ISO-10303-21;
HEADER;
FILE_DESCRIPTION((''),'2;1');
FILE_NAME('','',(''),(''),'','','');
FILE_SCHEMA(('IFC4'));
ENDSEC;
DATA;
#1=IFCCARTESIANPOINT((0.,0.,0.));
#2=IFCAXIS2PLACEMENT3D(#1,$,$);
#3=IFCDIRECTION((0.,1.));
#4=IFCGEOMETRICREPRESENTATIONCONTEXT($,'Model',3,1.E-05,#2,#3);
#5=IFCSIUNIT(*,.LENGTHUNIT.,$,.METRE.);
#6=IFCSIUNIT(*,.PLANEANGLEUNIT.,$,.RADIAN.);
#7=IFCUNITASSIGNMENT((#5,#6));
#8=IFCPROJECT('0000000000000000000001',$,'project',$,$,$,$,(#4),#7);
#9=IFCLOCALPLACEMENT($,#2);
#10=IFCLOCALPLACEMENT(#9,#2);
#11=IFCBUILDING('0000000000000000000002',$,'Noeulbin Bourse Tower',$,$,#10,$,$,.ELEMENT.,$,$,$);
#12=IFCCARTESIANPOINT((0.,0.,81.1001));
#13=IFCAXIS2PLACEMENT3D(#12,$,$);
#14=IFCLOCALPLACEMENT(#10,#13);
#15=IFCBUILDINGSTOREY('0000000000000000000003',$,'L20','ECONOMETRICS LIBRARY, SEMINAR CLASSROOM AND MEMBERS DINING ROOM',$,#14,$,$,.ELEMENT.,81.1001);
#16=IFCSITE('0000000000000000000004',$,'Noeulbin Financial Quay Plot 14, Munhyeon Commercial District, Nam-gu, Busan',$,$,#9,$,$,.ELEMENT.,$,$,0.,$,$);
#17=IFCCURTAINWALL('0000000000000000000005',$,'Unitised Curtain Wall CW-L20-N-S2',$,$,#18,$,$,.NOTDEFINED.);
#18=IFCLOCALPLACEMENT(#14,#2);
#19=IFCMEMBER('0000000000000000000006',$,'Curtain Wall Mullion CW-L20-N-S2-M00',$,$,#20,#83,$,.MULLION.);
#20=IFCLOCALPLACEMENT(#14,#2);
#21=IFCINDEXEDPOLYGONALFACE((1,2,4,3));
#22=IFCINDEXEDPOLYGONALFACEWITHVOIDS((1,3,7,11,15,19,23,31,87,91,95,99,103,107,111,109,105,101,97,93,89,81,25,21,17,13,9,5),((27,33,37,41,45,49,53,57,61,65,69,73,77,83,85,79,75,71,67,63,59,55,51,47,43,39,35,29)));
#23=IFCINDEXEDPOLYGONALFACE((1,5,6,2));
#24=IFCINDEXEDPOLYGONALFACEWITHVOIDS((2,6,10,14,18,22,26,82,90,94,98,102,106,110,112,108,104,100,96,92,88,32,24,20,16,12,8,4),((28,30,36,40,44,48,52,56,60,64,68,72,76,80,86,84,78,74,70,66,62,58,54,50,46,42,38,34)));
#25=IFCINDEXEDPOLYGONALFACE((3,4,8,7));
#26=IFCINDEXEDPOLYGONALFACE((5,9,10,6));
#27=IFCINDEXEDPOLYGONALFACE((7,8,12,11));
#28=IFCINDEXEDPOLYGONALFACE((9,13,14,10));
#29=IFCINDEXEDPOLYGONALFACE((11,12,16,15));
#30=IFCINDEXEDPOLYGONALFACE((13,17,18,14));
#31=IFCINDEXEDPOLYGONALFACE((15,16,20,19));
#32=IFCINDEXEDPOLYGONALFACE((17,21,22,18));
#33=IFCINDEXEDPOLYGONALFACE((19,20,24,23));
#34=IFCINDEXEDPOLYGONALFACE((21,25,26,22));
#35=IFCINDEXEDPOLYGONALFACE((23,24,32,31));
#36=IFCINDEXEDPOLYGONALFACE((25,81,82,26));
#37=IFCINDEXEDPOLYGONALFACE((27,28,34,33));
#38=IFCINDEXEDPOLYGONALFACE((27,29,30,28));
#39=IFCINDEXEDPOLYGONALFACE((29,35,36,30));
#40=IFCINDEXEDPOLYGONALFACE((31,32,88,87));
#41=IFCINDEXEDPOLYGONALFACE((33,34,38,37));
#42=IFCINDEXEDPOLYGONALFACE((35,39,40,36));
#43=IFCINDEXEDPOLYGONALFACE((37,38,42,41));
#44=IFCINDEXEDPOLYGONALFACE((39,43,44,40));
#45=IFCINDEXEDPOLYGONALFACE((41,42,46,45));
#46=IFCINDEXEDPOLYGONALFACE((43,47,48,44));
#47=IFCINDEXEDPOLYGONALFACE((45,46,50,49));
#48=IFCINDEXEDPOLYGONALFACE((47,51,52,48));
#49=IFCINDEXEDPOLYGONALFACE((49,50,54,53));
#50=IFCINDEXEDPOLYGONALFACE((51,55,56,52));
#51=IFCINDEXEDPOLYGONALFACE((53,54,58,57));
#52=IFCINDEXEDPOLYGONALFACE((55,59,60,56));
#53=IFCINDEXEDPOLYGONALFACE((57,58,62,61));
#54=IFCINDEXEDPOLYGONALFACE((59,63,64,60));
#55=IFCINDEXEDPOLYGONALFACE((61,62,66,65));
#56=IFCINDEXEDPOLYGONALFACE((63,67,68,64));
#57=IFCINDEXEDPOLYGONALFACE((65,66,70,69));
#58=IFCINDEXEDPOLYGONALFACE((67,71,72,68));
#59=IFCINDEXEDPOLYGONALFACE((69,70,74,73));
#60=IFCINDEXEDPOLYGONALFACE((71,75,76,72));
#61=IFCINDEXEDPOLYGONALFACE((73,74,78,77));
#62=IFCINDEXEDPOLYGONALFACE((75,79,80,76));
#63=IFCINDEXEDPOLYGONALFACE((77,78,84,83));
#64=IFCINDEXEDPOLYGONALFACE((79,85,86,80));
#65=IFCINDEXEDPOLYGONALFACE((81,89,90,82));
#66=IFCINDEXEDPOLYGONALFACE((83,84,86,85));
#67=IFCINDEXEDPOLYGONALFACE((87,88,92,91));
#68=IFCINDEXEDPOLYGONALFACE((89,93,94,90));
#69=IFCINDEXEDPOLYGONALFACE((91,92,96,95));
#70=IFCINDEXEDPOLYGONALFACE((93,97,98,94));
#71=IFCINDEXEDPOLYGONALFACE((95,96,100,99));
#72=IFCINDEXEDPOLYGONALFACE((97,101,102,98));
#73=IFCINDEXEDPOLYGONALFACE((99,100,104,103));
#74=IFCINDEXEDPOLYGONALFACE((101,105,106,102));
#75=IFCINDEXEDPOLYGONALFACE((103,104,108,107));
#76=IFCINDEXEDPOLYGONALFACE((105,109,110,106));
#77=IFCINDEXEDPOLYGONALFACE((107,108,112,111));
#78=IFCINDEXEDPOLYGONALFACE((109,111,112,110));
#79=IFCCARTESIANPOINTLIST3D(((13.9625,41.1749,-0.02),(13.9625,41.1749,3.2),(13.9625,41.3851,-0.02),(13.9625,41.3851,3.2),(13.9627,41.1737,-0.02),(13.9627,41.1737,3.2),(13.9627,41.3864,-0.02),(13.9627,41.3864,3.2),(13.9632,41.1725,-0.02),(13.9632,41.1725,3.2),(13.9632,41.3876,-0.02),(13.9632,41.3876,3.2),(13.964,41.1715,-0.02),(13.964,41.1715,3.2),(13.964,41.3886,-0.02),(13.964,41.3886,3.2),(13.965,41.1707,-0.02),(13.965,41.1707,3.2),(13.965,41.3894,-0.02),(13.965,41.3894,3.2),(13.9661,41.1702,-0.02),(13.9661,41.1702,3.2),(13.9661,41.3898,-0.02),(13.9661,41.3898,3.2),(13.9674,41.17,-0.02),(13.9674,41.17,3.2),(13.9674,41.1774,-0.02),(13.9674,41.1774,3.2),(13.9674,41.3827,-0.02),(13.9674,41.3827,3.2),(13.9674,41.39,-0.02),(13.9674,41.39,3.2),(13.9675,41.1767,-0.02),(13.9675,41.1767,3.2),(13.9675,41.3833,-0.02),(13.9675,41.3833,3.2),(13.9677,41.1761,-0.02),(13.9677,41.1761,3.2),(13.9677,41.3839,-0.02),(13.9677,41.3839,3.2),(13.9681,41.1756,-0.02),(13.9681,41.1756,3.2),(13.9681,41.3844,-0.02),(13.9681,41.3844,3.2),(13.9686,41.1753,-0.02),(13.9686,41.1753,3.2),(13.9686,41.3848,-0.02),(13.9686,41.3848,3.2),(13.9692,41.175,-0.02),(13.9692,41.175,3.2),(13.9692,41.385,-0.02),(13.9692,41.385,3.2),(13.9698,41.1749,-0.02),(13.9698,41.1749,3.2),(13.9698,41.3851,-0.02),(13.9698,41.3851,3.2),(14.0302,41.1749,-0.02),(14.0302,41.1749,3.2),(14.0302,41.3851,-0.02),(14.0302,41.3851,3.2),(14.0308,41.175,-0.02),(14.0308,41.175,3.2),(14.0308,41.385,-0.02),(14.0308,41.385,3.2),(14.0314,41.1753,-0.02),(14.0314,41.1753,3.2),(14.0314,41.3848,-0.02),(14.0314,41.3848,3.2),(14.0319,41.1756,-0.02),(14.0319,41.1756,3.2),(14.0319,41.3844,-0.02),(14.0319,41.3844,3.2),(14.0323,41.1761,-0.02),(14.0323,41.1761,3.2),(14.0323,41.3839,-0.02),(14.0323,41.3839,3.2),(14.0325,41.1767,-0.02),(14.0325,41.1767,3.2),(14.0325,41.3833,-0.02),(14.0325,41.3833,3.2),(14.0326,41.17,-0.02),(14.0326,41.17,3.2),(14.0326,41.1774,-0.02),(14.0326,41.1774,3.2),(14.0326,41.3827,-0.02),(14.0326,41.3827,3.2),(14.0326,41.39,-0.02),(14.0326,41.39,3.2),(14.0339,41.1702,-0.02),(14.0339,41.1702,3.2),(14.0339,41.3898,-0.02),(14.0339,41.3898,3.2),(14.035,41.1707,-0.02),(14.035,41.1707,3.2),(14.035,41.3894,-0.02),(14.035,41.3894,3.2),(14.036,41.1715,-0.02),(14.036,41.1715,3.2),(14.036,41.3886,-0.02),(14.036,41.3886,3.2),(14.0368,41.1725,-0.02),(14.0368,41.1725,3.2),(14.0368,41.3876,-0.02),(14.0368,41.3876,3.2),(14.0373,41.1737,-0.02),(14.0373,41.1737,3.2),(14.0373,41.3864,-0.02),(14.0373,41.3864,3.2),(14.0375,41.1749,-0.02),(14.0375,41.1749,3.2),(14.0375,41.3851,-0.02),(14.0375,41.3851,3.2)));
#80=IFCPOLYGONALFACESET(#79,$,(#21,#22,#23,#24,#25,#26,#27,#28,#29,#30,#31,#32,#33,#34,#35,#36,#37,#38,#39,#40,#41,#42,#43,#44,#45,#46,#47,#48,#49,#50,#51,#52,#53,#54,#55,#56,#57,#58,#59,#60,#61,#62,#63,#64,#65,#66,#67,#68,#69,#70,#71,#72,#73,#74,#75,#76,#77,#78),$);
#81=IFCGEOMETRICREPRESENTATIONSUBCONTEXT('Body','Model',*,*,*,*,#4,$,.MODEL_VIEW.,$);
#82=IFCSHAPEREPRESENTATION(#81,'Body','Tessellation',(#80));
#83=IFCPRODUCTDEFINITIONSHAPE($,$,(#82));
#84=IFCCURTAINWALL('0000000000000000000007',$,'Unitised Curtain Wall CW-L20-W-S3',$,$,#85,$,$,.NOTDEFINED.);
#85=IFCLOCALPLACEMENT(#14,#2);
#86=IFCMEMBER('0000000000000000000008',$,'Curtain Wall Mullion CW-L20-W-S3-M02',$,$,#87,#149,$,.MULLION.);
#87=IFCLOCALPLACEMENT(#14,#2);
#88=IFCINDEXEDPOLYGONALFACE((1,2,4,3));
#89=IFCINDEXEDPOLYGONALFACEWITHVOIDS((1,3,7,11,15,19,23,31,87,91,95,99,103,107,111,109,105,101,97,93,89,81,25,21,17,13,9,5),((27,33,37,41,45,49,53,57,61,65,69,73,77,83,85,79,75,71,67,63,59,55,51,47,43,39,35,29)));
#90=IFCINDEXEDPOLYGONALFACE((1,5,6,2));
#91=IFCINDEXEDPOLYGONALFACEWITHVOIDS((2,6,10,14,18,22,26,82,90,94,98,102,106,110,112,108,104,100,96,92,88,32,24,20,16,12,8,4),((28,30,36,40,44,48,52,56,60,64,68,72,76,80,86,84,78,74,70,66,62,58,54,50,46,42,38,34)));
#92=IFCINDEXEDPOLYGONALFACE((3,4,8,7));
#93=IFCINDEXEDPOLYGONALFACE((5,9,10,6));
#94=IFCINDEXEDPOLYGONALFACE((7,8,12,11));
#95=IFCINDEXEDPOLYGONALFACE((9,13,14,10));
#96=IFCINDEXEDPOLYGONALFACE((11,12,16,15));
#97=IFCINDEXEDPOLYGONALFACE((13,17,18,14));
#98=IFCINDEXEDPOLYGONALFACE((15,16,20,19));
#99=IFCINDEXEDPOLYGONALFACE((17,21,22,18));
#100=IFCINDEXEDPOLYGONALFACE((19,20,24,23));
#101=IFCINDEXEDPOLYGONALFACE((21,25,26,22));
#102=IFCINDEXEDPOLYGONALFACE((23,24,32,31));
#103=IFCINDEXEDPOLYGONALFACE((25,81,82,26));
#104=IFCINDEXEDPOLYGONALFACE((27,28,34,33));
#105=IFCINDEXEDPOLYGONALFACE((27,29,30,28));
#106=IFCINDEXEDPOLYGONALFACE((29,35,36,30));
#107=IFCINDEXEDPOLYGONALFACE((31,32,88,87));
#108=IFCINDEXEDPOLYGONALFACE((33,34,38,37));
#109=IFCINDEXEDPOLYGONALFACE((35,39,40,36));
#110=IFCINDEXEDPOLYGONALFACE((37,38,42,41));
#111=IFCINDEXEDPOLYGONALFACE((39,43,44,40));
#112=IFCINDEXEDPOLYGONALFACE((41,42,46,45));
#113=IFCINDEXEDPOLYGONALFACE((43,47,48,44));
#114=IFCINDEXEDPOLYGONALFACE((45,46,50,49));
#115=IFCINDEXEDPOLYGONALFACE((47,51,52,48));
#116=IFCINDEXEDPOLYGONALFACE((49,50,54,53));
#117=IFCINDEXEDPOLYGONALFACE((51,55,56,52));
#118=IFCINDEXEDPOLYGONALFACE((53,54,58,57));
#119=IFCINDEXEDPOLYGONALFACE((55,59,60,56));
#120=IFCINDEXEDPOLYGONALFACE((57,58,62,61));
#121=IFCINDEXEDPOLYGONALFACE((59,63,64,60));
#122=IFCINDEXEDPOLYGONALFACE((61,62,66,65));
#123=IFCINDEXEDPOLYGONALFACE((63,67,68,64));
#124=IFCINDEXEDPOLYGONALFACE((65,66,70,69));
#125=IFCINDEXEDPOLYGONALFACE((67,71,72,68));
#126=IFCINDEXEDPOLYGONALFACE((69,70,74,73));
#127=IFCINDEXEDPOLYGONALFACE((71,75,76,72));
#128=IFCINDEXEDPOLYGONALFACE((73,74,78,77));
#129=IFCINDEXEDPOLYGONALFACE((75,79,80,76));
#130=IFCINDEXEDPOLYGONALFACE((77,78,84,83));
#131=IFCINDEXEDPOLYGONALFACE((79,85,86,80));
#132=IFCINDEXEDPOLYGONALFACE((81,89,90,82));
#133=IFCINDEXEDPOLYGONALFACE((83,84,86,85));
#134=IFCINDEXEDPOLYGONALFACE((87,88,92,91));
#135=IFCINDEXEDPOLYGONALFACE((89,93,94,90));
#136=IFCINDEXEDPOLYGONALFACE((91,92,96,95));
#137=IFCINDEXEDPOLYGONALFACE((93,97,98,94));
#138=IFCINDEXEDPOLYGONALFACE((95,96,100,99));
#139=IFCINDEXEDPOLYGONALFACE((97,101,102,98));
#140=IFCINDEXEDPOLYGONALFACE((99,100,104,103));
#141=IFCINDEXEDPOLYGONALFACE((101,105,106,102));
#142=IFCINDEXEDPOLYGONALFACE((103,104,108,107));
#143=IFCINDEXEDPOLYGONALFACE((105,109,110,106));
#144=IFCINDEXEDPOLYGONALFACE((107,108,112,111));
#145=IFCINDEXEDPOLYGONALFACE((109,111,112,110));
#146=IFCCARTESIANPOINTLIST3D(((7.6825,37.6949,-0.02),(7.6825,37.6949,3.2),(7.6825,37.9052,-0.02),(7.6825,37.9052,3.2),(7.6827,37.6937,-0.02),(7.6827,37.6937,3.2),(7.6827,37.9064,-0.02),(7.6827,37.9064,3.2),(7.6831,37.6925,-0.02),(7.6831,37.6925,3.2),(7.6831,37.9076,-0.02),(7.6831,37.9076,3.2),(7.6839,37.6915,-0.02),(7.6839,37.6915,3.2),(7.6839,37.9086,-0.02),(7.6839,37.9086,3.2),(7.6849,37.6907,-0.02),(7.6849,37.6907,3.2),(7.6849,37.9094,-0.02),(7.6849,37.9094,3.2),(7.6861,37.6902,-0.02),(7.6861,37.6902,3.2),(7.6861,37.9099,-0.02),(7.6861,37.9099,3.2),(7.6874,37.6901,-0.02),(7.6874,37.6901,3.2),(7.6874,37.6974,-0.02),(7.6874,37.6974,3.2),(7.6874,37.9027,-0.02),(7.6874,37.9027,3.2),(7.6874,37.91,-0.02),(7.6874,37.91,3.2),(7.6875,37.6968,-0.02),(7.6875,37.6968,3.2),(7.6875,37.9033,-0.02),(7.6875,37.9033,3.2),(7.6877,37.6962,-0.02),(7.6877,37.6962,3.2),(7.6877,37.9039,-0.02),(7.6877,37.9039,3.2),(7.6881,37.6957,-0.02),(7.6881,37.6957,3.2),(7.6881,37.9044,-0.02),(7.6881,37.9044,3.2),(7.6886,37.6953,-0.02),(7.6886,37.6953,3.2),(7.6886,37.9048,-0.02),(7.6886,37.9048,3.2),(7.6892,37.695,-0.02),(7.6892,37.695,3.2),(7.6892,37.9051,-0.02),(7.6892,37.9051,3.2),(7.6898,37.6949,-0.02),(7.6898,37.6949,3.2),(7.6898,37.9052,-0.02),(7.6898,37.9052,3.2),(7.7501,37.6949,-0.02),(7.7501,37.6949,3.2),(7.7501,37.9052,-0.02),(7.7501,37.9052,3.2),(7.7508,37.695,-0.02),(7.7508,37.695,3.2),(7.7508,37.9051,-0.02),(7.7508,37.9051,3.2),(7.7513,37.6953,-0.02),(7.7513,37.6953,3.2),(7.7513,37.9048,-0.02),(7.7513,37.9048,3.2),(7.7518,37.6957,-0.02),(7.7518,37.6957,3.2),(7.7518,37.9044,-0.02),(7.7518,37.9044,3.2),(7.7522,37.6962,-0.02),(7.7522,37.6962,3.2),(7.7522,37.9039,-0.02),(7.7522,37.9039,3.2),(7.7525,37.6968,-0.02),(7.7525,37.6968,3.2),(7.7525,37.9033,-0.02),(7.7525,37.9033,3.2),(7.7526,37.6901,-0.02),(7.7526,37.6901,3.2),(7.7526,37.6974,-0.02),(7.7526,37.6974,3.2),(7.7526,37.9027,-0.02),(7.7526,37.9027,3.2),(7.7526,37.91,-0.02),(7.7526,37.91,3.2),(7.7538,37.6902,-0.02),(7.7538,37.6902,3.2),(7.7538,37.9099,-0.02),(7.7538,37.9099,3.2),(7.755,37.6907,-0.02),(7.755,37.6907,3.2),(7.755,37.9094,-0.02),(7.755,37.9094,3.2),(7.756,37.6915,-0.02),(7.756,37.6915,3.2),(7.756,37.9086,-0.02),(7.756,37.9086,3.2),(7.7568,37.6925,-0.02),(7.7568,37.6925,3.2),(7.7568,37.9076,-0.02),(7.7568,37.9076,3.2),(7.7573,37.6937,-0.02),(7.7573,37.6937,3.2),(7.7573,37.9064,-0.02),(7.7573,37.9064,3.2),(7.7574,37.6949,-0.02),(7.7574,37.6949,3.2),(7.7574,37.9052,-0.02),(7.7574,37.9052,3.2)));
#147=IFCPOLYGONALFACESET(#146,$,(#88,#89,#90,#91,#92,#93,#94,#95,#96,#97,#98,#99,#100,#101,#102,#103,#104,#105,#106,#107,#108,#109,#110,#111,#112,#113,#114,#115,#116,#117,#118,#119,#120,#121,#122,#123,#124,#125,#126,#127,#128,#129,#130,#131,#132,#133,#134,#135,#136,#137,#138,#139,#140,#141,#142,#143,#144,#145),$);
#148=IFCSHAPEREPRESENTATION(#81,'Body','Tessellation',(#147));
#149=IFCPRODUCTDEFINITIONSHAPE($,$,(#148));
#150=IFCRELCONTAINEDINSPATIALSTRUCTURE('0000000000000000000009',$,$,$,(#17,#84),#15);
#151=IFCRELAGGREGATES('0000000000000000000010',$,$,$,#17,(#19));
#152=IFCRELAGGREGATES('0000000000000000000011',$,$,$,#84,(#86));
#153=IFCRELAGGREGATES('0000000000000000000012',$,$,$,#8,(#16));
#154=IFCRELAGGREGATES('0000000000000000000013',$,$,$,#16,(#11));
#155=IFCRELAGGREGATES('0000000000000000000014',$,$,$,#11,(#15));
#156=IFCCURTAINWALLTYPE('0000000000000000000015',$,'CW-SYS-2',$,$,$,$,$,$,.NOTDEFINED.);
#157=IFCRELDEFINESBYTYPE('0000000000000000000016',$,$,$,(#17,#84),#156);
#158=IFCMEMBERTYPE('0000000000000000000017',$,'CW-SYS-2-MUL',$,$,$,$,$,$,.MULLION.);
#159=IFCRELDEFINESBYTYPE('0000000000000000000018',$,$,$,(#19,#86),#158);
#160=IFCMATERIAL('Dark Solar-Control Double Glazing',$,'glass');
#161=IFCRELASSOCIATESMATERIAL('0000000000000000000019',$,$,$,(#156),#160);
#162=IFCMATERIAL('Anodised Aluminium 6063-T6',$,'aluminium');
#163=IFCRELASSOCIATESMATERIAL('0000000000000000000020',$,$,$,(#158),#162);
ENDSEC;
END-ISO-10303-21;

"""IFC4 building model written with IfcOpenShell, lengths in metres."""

from ifc_helpers import new_model, si_unit, direction, frame, origin, origin_2d, place, context, subcontext, project, spatial, hollow_rectangle, extrude, material, material_profile, profile_set, type_object, element, aggregate, save


model = new_model("IFC4")

# Units and contexts
model_context = context("Model", 3, precision=1e-05, world=origin(), true_north=direction((0.0, 1.0)))
body_context = subcontext(model_context, "Body", "Model", "MODEL_VIEW")
ifc_project = project(units=[si_unit("LENGTHUNIT", "METRE"), si_unit("PLANEANGLEUNIT", "RADIAN")], contexts=[model_context])

# Site, building, storey
site_placement = place(None, origin())
site = spatial("IfcSite", under=ifc_project, at=site_placement, Name="Noeulbin Financial Quay Plot 14, Munhyeon Commercial District, Nam-gu, Busan", CompositionType="ELEMENT", RefElevation=0.0)
building_placement = place(site_placement, origin())
building = spatial("IfcBuilding", under=site, at=building_placement, Name="Noeulbin Bourse Tower", CompositionType="ELEMENT")
storey_placement = place(building_placement, frame((0.0, 0.0, 81.1001)))
storey = spatial("IfcBuildingStorey", under=building, at=storey_placement, Name="L20", Description="ECONOMETRICS LIBRARY, SEMINAR CLASSROOM AND MEMBERS DINING ROOM", CompositionType="ELEMENT", Elevation=81.1001)

# Shared definitions
ifc_material_1 = material(Name="Dark Solar-Control Double Glazing", Category="glass")
curtain_wall_type = type_object("IfcCurtainWallType", Name="CW-SYS-2", PredefinedType="NOTDEFINED", material=ifc_material_1)
ifc_material_2 = material(Name="Anodised Aluminium 6063-T6", Category="aluminium")
ifc_material_profile_1 = material_profile(ifc_material_2, hollow_rectangle(XDim=0.075, YDim=0.22, WallThickness=0.0049, InnerFilletRadius=0.0024, OuterFilletRadius=0.0049, at=origin_2d()), Name="ALU-MULL-75x220x5", Category="LoadBearing")
ifc_profile_set_1 = profile_set([ifc_material_profile_1], Name="Anodised Aluminium 6063-T6")
member_type_1 = type_object("IfcMemberType", Name="CW-SYS-2-MUL", PredefinedType="MULLION", material=ifc_profile_set_1)

# Curtain walls, members
curtain_wall_1_placement = place(storey_placement, origin())
curtain_wall_1 = element("IfcCurtainWall", 1, at=curtain_wall_1_placement, inside=storey, type_object=curtain_wall_type, Name="Unitised Curtain Wall CW-L20-N-S2", PredefinedType="NOTDEFINED")
member_1_placement = place(storey_placement, frame((14.0, 41.28, -0.02), z_axis=(0.0, 0.0, 1.0), x_axis=(1.0, 0.0, 0.0)))
member_1 = element("IfcMember", 2, at=member_1_placement, type_object=member_type_1, Name="Curtain Wall Mullion CW-L20-N-S2-M00", PredefinedType="MULLION", context=body_context, shape_type="SweptSolid", body=[
    extrude(hollow_rectangle(XDim=0.075, YDim=0.22, WallThickness=0.0049, InnerFilletRadius=0.0024, OuterFilletRadius=0.0049, at=origin_2d()), origin(), (0.0, 0.0, 1.0), 3.22),
])
curtain_wall_2_placement = place(storey_placement, origin())
curtain_wall_2 = element("IfcCurtainWall", 3, at=curtain_wall_2_placement, inside=storey, type_object=curtain_wall_type, Name="Unitised Curtain Wall CW-L20-W-S3", PredefinedType="NOTDEFINED")
member_2_placement = place(storey_placement, frame((7.72, 37.8, -0.02), z_axis=(0.0, 0.0, 1.0), x_axis=(1.0, 0.0, 0.0)))
member_2 = element("IfcMember", 4, at=member_2_placement, type_object=member_type_1, Name="Curtain Wall Mullion CW-L20-W-S3-M02", PredefinedType="MULLION", context=body_context, shape_type="SweptSolid", body=[
    extrude(hollow_rectangle(XDim=0.075, YDim=0.22, WallThickness=0.0049, InnerFilletRadius=0.0024, OuterFilletRadius=0.0049, at=origin_2d()), origin(), (0.0, 0.0, 1.0), 3.22),
])

aggregate(curtain_wall_1, [member_1])

aggregate(curtain_wall_2, [member_2])

save(model, "model.ifc")
